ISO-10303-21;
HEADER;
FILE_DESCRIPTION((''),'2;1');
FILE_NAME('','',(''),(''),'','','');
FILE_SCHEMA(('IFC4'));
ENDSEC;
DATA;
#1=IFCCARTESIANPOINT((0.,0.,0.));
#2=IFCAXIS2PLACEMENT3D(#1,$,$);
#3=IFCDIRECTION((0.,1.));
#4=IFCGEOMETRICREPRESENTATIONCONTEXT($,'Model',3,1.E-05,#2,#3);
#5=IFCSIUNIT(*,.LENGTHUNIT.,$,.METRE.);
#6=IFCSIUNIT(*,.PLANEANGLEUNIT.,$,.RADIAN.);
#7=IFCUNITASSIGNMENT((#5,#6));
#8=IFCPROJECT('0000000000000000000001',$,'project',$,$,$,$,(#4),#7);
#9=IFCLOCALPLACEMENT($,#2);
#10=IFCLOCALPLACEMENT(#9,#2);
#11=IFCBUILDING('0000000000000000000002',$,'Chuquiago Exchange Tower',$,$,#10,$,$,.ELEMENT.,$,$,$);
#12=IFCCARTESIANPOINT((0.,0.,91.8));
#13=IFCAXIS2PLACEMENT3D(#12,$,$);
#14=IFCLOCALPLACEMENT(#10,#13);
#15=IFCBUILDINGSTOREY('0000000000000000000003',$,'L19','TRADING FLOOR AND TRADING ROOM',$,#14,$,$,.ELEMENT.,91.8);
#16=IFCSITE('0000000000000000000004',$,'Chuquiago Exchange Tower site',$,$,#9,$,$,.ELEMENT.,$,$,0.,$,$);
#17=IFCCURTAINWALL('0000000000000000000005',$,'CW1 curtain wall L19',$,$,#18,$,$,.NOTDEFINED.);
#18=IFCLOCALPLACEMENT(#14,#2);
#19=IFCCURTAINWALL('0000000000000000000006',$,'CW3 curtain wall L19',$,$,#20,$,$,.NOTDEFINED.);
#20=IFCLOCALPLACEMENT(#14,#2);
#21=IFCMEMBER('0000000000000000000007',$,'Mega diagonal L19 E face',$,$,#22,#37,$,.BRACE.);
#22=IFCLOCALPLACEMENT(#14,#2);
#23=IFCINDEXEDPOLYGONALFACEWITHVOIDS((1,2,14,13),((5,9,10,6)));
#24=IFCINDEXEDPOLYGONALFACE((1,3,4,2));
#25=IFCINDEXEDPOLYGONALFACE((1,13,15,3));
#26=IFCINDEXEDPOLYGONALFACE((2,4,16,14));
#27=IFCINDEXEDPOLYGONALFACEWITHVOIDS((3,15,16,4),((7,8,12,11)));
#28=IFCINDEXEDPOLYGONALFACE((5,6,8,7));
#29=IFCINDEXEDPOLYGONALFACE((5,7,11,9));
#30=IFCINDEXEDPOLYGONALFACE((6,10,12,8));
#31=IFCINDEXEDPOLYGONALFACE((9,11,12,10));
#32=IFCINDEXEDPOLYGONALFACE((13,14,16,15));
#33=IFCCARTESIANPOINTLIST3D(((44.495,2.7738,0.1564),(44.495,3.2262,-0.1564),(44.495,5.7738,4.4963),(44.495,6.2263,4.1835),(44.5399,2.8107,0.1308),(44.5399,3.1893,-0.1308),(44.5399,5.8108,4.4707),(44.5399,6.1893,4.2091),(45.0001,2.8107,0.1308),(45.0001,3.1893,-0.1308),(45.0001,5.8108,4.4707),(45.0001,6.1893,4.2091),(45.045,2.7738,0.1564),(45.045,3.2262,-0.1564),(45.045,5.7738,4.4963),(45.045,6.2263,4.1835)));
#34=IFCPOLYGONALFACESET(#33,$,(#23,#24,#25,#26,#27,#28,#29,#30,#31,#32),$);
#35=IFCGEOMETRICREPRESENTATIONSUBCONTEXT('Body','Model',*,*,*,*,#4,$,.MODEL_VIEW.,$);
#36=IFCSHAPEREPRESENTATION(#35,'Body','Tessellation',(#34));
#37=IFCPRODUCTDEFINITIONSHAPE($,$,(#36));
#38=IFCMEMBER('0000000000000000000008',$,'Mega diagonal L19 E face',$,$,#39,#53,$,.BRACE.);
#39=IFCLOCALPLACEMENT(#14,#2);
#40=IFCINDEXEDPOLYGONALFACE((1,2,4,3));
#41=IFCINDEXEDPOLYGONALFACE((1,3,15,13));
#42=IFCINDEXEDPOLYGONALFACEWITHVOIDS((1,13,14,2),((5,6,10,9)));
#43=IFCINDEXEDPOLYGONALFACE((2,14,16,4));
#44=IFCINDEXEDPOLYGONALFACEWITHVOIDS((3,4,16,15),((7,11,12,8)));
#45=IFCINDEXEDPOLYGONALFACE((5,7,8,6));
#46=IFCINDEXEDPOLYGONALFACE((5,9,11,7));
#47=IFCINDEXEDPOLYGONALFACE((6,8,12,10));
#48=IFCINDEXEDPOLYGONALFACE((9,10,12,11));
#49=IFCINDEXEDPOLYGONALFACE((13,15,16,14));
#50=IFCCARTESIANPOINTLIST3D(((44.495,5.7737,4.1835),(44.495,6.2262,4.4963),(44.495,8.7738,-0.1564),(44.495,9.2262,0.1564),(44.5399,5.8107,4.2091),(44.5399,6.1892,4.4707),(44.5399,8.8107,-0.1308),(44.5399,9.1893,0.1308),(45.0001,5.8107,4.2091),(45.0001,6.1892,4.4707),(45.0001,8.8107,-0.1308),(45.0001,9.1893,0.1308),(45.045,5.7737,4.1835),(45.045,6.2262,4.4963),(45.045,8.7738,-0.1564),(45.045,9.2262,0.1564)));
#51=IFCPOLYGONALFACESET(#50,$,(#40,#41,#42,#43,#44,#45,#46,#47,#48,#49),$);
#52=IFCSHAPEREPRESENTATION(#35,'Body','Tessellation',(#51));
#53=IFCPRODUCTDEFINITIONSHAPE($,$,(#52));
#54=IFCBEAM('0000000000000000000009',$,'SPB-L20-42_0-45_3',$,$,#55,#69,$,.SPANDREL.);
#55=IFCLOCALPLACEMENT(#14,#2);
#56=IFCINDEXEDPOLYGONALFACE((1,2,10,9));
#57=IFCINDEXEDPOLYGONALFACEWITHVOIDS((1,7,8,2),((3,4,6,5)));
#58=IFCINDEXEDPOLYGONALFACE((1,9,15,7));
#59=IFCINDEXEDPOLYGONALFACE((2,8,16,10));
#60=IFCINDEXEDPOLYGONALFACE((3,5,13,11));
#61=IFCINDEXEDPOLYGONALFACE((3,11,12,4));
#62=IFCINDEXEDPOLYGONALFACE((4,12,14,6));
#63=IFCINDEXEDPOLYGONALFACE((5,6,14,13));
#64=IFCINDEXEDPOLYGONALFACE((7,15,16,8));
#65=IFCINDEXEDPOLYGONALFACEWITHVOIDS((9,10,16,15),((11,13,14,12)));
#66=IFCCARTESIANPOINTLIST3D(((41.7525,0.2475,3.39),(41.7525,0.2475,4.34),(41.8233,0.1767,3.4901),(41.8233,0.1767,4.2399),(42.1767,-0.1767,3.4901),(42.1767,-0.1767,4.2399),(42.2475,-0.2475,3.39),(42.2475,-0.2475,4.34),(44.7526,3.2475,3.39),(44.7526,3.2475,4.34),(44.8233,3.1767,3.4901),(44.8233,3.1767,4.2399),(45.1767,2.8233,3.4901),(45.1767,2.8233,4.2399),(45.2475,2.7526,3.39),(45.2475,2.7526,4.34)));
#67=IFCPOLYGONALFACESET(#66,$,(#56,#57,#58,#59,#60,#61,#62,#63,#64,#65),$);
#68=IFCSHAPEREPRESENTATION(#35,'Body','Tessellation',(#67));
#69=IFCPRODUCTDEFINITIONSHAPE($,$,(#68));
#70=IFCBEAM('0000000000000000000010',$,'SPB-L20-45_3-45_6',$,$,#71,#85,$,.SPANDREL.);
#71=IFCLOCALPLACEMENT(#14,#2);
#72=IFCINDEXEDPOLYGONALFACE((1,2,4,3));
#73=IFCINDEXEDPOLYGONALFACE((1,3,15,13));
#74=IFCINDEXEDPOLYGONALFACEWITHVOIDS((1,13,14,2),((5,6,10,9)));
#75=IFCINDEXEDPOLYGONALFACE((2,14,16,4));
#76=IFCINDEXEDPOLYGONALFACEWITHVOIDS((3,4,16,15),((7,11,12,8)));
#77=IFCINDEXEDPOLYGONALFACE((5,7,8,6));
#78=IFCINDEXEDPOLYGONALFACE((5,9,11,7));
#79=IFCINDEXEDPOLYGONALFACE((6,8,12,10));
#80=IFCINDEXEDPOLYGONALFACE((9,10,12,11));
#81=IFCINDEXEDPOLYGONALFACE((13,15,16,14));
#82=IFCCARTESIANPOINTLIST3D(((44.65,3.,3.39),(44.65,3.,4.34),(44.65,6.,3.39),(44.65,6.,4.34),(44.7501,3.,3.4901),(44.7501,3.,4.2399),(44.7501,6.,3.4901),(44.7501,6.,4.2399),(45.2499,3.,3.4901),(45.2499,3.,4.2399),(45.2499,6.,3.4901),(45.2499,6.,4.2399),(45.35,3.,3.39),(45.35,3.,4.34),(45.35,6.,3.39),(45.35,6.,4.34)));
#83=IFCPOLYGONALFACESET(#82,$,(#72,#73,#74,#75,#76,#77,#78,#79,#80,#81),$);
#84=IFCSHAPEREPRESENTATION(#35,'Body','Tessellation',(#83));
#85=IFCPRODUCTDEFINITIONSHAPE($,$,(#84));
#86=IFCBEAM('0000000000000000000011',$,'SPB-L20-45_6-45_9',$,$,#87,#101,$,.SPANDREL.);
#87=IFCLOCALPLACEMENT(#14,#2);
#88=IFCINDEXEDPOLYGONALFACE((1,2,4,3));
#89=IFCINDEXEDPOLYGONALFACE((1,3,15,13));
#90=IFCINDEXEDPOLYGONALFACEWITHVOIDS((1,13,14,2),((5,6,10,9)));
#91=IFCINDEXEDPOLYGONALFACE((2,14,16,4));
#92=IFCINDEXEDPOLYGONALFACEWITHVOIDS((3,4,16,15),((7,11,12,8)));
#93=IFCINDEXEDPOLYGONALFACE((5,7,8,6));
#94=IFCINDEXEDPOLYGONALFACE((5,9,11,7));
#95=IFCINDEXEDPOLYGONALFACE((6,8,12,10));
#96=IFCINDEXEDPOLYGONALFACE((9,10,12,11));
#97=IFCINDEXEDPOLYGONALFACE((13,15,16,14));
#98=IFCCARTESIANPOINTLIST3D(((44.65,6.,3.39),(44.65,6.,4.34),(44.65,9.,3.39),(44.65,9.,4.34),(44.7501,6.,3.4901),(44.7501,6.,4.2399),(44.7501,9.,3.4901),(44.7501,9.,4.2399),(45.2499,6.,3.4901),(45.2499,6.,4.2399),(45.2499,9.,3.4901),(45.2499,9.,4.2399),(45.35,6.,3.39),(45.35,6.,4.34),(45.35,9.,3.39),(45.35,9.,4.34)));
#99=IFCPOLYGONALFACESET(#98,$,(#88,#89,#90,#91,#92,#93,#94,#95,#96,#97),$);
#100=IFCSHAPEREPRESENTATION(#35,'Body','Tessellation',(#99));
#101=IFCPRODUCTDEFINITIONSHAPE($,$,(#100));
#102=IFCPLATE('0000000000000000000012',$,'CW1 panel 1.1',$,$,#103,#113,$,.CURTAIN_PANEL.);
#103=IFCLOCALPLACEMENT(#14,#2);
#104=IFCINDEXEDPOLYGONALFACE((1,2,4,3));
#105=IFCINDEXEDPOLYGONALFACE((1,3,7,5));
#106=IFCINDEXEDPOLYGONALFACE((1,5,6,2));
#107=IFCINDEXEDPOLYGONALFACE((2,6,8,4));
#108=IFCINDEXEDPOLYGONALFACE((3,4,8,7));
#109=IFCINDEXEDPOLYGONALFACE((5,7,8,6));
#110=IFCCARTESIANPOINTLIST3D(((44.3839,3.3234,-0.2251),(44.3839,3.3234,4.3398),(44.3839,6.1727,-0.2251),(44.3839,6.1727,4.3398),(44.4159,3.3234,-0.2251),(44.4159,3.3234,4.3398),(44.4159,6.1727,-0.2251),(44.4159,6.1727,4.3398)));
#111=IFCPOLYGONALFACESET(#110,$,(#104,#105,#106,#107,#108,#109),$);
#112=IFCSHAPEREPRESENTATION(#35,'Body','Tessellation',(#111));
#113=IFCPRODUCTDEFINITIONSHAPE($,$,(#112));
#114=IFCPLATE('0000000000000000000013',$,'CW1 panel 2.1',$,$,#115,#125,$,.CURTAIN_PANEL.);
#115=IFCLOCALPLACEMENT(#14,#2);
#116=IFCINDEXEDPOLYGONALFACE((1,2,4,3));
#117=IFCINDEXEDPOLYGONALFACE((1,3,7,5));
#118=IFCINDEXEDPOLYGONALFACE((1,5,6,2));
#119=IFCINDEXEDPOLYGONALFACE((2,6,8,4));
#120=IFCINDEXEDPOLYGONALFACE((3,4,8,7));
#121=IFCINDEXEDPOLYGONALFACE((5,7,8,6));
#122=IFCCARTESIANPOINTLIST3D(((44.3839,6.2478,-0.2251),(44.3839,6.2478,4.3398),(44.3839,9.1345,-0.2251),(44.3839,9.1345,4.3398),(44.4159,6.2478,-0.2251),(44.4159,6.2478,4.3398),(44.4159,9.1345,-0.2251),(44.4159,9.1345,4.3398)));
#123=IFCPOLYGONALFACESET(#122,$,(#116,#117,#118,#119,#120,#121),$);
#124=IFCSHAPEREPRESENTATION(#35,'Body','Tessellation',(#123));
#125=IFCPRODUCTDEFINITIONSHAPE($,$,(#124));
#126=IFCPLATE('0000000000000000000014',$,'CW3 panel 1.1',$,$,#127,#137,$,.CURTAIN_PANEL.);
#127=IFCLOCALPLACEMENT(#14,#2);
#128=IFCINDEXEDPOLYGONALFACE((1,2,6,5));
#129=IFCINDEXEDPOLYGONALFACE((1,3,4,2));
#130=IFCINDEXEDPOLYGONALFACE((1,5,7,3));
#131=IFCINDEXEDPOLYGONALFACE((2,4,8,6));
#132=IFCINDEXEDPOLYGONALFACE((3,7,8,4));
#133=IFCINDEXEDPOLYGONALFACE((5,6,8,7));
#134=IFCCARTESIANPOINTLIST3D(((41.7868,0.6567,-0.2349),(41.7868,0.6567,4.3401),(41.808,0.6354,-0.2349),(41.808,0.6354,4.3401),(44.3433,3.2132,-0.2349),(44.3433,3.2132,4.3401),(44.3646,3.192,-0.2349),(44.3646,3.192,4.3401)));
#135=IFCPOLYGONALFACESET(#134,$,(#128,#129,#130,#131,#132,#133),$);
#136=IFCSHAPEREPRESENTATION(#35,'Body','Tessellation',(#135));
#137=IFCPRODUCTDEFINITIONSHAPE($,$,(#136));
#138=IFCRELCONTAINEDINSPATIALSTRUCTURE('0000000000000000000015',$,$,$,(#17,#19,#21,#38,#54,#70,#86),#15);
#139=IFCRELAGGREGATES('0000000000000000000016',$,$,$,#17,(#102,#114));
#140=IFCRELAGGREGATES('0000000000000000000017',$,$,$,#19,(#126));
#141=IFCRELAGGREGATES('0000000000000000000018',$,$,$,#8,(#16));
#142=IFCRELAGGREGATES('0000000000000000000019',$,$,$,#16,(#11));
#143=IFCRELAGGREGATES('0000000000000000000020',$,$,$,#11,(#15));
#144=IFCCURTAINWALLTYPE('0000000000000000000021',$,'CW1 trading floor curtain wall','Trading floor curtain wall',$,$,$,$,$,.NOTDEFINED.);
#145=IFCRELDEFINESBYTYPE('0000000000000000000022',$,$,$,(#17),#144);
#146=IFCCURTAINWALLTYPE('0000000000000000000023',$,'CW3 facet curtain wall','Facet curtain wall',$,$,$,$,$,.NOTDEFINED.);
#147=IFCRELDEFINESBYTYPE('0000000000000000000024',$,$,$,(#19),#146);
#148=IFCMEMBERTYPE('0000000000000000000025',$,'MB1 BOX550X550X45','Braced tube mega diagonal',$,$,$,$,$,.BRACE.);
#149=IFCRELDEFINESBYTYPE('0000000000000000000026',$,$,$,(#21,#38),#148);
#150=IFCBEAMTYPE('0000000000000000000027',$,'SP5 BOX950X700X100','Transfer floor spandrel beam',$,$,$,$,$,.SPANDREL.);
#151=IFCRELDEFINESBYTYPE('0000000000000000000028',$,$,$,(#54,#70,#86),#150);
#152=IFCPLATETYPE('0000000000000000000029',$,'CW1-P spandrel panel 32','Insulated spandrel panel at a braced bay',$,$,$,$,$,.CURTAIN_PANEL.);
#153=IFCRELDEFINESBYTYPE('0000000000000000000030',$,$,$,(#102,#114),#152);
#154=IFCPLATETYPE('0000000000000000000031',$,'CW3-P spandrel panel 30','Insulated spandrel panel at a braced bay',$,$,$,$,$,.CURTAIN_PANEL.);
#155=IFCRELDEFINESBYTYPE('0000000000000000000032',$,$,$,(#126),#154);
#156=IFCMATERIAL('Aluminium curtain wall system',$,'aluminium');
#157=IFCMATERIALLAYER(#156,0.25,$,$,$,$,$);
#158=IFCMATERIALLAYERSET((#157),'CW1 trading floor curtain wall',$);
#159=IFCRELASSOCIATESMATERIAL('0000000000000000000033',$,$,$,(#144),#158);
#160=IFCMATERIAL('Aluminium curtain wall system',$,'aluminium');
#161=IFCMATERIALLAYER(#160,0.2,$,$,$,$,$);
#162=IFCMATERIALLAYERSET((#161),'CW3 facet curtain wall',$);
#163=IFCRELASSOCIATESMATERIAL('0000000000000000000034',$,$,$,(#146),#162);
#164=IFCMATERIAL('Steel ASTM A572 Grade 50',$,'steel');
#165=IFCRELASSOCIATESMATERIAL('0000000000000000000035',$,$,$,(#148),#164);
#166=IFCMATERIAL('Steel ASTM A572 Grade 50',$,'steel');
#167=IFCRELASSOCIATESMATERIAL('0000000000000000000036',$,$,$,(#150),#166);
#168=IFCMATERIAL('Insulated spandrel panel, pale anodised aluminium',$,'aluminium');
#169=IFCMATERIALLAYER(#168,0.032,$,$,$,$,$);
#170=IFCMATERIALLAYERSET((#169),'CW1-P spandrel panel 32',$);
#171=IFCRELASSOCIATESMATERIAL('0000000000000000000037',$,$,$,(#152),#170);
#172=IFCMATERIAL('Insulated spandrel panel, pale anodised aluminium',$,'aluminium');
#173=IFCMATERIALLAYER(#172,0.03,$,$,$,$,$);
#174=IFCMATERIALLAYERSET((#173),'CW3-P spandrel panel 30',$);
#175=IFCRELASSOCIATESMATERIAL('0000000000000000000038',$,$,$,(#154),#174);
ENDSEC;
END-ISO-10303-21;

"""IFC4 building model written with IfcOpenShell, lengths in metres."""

from ifc_helpers import new_model, si_unit, direction, frame, origin, origin_2d, place, context, subcontext, project, spatial, rectangle, hollow_rectangle, extrude, material, layer, layer_set, material_profile, profile_set, type_object, element, aggregate, save


model = new_model("IFC4")

# Units and contexts
model_context = context("Model", 3, precision=1e-05, world=origin(), true_north=direction((0.0, 1.0)))
body_context = subcontext(model_context, "Body", "Model", "MODEL_VIEW")
ifc_project = project(units=[si_unit("LENGTHUNIT", "METRE"), si_unit("PLANEANGLEUNIT", "RADIAN")], contexts=[model_context])

# Site, building, storey
site_placement = place(None, origin())
site = spatial("IfcSite", under=ifc_project, at=site_placement, Name="Chuquiago Exchange Tower site", CompositionType="ELEMENT", RefElevation=0.0)
building_placement = place(site_placement, origin())
building = spatial("IfcBuilding", under=site, at=building_placement, Name="Chuquiago Exchange Tower", CompositionType="ELEMENT")
storey_placement = place(building_placement, frame((0.0, 0.0, 91.8)))
storey = spatial("IfcBuildingStorey", under=building, at=storey_placement, Name="L19", Description="TRADING FLOOR AND TRADING ROOM", CompositionType="ELEMENT", Elevation=91.8)

# Curtain walls
ifc_material_1 = material(Name="Aluminium curtain wall system", Category="aluminium")
ifc_layer_1 = layer(ifc_material_1, 0.25)
ifc_layer_set_1 = layer_set([ifc_layer_1], Name="CW1 trading floor curtain wall")
curtain_wall_type_1 = type_object("IfcCurtainWallType", Name="CW1 trading floor curtain wall", Description="Trading floor curtain wall", PredefinedType="NOTDEFINED", material=ifc_layer_set_1)
curtain_wall_1_placement = place(storey_placement, origin())
curtain_wall_1 = element("IfcCurtainWall", 1, at=curtain_wall_1_placement, inside=storey, type_object=curtain_wall_type_1, Name="CW1 curtain wall L19", PredefinedType="NOTDEFINED")
ifc_material_2 = material(Name="Aluminium curtain wall system", Category="aluminium")
ifc_layer_2 = layer(ifc_material_2, 0.2)
ifc_layer_set_2 = layer_set([ifc_layer_2], Name="CW3 facet curtain wall")
curtain_wall_type_2 = type_object("IfcCurtainWallType", Name="CW3 facet curtain wall", Description="Facet curtain wall", PredefinedType="NOTDEFINED", material=ifc_layer_set_2)
curtain_wall_2_placement = place(storey_placement, origin())
curtain_wall_2 = element("IfcCurtainWall", 2, at=curtain_wall_2_placement, inside=storey, type_object=curtain_wall_type_2, Name="CW3 curtain wall L19", PredefinedType="NOTDEFINED")

# Members
ifc_material_3 = material(Name="Steel ASTM A572 Grade 50", Category="steel")
ifc_material_profile_1 = material_profile(ifc_material_3, hollow_rectangle(XDim=0.55, YDim=0.55, WallThickness=0.0449, at=origin_2d()), Name="BOX550X550X45")
ifc_profile_set_1 = profile_set([ifc_material_profile_1], Name="Steel ASTM A572 Grade 50")
member_type_1 = type_object("IfcMemberType", Name="MB1 BOX550X550X45", Description="Braced tube mega diagonal", PredefinedType="BRACE", material=ifc_profile_set_1)
for number, where, z_axis, x_axis, name in (
    (3, (44.77, 3.0, 0.0), (0.0, 0.568632, 0.822592), (-1.0, 0.0, 0.0), "Mega diagonal L19 E face"),
    (4, (44.77, 9.0, 0.0), (0.0, -0.568632, 0.822592), (1.0, 0.0, 0.0), "Mega diagonal L19 E face"),
):
    element("IfcMember", number, at=place(storey_placement, frame(where, z_axis=z_axis, x_axis=x_axis)), inside=storey, type_object=member_type_1, Name=name, PredefinedType="BRACE", context=body_context, shape_type="SweptSolid", body=[
        extrude(hollow_rectangle(XDim=0.55, YDim=0.55, WallThickness=0.0449, at=origin_2d()), origin(), (0.0, 0.0, 1.0), 5.2759),
    ])

# Beams
ifc_material_4 = material(Name="Steel ASTM A572 Grade 50", Category="steel")
ifc_material_profile_2 = material_profile(ifc_material_4, hollow_rectangle(XDim=0.7, YDim=0.95, WallThickness=0.1001, at=origin_2d()), Name="BOX950X700X100")
ifc_profile_set_2 = profile_set([ifc_material_profile_2], Name="Steel ASTM A572 Grade 50")
beam_type = type_object("IfcBeamType", Name="SP5 BOX950X700X100", Description="Transfer floor spandrel beam", PredefinedType="SPANDREL", material=ifc_profile_set_2)
beam_placement = place(storey_placement, frame((42.0, 0.0, 3.865), z_axis=(0.707107, 0.707107, 0.0), x_axis=(-0.707107, 0.707107, 0.0)))
element("IfcBeam", 5, at=beam_placement, inside=storey, type_object=beam_type, Name="SPB-L20-42_0-45_3", PredefinedType="SPANDREL", context=body_context, shape_type="SweptSolid", body=[
    extrude(hollow_rectangle(XDim=0.7, YDim=0.95, WallThickness=0.1001, at=origin_2d()), origin(), (0.0, 0.0, 1.0), 4.2427),
])
for number, where, z_axis, x_axis, name in (
    (6, (45.0, 3.0, 3.865), (0.0, 1.0, 0.0), (-1.0, 0.0, 0.0), "SPB-L20-45_3-45_6"),
    (7, (45.0, 6.0, 3.865), (0.0, 1.0, 0.0), (-1.0, 0.0, 0.0), "SPB-L20-45_6-45_9"),
):
    element("IfcBeam", number, at=place(storey_placement, frame(where, z_axis=z_axis, x_axis=x_axis)), inside=storey, type_object=beam_type, Name=name, PredefinedType="SPANDREL", context=body_context, shape_type="SweptSolid", body=[
        extrude(hollow_rectangle(XDim=0.7, YDim=0.95, WallThickness=0.1001, at=origin_2d()), origin(), (0.0, 0.0, 1.0), 3.0),
    ])

# Plates
ifc_material_5 = material(Name="Insulated spandrel panel, pale anodised aluminium", Category="aluminium")
ifc_layer_3 = layer(ifc_material_5, 0.032)
ifc_layer_set_3 = layer_set([ifc_layer_3], Name="CW1-P spandrel panel 32")
plate_type_1 = type_object("IfcPlateType", Name="CW1-P spandrel panel 32", Description="Insulated spandrel panel at a braced bay", PredefinedType="CURTAIN_PANEL", material=ifc_layer_set_3)
plate_1_placement = place(storey_placement, frame((44.3999, 4.748, -0.2251), z_axis=(0.0, 0.0, 1.0), x_axis=(0.0, 1.0, 0.0)))
plate_1 = element("IfcPlate", 8, at=plate_1_placement, type_object=plate_type_1, Name="CW1 panel 1.1", PredefinedType="CURTAIN_PANEL", context=body_context, shape_type="SweptSolid", body=[
    extrude(rectangle(XDim=2.8494, YDim=0.032, at=origin_2d()), origin(), (0.0, 0.0, 1.0), 4.5649),
])
plate_2_placement = place(storey_placement, frame((44.3999, 7.6912, -0.2251), z_axis=(0.0, 0.0, 1.0), x_axis=(0.0, 1.0, 0.0)))
plate_2 = element("IfcPlate", 9, at=plate_2_placement, type_object=plate_type_1, Name="CW1 panel 2.1", PredefinedType="CURTAIN_PANEL", context=body_context, shape_type="SweptSolid", body=[
    extrude(rectangle(XDim=2.8867, YDim=0.032, at=origin_2d()), origin(), (0.0, 0.0, 1.0), 4.5649),
])
aggregate(curtain_wall_1, [plate_1, plate_2])
ifc_material_6 = material(Name="Insulated spandrel panel, pale anodised aluminium", Category="aluminium")
ifc_layer_4 = layer(ifc_material_6, 0.03)
ifc_layer_set_4 = layer_set([ifc_layer_4], Name="CW3-P spandrel panel 30")
plate_type_2 = type_object("IfcPlateType", Name="CW3-P spandrel panel 30", Description="Insulated spandrel panel at a braced bay", PredefinedType="CURTAIN_PANEL", material=ifc_layer_set_4)
plate_3_placement = place(storey_placement, frame((43.0757, 1.9243, -0.2349), z_axis=(0.0, 0.0, 1.0), x_axis=(0.707107, 0.707107, 0.0)))
plate_3 = element("IfcPlate", 10, at=plate_3_placement, type_object=plate_type_2, Name="CW3 panel 1.1", PredefinedType="CURTAIN_PANEL", context=body_context, shape_type="SweptSolid", body=[
    extrude(rectangle(XDim=3.6155, YDim=0.03, at=origin_2d()), origin(), (0.0, 0.0, 1.0), 4.575),
])
aggregate(curtain_wall_2, [plate_3])

save(model, "model.ifc")
